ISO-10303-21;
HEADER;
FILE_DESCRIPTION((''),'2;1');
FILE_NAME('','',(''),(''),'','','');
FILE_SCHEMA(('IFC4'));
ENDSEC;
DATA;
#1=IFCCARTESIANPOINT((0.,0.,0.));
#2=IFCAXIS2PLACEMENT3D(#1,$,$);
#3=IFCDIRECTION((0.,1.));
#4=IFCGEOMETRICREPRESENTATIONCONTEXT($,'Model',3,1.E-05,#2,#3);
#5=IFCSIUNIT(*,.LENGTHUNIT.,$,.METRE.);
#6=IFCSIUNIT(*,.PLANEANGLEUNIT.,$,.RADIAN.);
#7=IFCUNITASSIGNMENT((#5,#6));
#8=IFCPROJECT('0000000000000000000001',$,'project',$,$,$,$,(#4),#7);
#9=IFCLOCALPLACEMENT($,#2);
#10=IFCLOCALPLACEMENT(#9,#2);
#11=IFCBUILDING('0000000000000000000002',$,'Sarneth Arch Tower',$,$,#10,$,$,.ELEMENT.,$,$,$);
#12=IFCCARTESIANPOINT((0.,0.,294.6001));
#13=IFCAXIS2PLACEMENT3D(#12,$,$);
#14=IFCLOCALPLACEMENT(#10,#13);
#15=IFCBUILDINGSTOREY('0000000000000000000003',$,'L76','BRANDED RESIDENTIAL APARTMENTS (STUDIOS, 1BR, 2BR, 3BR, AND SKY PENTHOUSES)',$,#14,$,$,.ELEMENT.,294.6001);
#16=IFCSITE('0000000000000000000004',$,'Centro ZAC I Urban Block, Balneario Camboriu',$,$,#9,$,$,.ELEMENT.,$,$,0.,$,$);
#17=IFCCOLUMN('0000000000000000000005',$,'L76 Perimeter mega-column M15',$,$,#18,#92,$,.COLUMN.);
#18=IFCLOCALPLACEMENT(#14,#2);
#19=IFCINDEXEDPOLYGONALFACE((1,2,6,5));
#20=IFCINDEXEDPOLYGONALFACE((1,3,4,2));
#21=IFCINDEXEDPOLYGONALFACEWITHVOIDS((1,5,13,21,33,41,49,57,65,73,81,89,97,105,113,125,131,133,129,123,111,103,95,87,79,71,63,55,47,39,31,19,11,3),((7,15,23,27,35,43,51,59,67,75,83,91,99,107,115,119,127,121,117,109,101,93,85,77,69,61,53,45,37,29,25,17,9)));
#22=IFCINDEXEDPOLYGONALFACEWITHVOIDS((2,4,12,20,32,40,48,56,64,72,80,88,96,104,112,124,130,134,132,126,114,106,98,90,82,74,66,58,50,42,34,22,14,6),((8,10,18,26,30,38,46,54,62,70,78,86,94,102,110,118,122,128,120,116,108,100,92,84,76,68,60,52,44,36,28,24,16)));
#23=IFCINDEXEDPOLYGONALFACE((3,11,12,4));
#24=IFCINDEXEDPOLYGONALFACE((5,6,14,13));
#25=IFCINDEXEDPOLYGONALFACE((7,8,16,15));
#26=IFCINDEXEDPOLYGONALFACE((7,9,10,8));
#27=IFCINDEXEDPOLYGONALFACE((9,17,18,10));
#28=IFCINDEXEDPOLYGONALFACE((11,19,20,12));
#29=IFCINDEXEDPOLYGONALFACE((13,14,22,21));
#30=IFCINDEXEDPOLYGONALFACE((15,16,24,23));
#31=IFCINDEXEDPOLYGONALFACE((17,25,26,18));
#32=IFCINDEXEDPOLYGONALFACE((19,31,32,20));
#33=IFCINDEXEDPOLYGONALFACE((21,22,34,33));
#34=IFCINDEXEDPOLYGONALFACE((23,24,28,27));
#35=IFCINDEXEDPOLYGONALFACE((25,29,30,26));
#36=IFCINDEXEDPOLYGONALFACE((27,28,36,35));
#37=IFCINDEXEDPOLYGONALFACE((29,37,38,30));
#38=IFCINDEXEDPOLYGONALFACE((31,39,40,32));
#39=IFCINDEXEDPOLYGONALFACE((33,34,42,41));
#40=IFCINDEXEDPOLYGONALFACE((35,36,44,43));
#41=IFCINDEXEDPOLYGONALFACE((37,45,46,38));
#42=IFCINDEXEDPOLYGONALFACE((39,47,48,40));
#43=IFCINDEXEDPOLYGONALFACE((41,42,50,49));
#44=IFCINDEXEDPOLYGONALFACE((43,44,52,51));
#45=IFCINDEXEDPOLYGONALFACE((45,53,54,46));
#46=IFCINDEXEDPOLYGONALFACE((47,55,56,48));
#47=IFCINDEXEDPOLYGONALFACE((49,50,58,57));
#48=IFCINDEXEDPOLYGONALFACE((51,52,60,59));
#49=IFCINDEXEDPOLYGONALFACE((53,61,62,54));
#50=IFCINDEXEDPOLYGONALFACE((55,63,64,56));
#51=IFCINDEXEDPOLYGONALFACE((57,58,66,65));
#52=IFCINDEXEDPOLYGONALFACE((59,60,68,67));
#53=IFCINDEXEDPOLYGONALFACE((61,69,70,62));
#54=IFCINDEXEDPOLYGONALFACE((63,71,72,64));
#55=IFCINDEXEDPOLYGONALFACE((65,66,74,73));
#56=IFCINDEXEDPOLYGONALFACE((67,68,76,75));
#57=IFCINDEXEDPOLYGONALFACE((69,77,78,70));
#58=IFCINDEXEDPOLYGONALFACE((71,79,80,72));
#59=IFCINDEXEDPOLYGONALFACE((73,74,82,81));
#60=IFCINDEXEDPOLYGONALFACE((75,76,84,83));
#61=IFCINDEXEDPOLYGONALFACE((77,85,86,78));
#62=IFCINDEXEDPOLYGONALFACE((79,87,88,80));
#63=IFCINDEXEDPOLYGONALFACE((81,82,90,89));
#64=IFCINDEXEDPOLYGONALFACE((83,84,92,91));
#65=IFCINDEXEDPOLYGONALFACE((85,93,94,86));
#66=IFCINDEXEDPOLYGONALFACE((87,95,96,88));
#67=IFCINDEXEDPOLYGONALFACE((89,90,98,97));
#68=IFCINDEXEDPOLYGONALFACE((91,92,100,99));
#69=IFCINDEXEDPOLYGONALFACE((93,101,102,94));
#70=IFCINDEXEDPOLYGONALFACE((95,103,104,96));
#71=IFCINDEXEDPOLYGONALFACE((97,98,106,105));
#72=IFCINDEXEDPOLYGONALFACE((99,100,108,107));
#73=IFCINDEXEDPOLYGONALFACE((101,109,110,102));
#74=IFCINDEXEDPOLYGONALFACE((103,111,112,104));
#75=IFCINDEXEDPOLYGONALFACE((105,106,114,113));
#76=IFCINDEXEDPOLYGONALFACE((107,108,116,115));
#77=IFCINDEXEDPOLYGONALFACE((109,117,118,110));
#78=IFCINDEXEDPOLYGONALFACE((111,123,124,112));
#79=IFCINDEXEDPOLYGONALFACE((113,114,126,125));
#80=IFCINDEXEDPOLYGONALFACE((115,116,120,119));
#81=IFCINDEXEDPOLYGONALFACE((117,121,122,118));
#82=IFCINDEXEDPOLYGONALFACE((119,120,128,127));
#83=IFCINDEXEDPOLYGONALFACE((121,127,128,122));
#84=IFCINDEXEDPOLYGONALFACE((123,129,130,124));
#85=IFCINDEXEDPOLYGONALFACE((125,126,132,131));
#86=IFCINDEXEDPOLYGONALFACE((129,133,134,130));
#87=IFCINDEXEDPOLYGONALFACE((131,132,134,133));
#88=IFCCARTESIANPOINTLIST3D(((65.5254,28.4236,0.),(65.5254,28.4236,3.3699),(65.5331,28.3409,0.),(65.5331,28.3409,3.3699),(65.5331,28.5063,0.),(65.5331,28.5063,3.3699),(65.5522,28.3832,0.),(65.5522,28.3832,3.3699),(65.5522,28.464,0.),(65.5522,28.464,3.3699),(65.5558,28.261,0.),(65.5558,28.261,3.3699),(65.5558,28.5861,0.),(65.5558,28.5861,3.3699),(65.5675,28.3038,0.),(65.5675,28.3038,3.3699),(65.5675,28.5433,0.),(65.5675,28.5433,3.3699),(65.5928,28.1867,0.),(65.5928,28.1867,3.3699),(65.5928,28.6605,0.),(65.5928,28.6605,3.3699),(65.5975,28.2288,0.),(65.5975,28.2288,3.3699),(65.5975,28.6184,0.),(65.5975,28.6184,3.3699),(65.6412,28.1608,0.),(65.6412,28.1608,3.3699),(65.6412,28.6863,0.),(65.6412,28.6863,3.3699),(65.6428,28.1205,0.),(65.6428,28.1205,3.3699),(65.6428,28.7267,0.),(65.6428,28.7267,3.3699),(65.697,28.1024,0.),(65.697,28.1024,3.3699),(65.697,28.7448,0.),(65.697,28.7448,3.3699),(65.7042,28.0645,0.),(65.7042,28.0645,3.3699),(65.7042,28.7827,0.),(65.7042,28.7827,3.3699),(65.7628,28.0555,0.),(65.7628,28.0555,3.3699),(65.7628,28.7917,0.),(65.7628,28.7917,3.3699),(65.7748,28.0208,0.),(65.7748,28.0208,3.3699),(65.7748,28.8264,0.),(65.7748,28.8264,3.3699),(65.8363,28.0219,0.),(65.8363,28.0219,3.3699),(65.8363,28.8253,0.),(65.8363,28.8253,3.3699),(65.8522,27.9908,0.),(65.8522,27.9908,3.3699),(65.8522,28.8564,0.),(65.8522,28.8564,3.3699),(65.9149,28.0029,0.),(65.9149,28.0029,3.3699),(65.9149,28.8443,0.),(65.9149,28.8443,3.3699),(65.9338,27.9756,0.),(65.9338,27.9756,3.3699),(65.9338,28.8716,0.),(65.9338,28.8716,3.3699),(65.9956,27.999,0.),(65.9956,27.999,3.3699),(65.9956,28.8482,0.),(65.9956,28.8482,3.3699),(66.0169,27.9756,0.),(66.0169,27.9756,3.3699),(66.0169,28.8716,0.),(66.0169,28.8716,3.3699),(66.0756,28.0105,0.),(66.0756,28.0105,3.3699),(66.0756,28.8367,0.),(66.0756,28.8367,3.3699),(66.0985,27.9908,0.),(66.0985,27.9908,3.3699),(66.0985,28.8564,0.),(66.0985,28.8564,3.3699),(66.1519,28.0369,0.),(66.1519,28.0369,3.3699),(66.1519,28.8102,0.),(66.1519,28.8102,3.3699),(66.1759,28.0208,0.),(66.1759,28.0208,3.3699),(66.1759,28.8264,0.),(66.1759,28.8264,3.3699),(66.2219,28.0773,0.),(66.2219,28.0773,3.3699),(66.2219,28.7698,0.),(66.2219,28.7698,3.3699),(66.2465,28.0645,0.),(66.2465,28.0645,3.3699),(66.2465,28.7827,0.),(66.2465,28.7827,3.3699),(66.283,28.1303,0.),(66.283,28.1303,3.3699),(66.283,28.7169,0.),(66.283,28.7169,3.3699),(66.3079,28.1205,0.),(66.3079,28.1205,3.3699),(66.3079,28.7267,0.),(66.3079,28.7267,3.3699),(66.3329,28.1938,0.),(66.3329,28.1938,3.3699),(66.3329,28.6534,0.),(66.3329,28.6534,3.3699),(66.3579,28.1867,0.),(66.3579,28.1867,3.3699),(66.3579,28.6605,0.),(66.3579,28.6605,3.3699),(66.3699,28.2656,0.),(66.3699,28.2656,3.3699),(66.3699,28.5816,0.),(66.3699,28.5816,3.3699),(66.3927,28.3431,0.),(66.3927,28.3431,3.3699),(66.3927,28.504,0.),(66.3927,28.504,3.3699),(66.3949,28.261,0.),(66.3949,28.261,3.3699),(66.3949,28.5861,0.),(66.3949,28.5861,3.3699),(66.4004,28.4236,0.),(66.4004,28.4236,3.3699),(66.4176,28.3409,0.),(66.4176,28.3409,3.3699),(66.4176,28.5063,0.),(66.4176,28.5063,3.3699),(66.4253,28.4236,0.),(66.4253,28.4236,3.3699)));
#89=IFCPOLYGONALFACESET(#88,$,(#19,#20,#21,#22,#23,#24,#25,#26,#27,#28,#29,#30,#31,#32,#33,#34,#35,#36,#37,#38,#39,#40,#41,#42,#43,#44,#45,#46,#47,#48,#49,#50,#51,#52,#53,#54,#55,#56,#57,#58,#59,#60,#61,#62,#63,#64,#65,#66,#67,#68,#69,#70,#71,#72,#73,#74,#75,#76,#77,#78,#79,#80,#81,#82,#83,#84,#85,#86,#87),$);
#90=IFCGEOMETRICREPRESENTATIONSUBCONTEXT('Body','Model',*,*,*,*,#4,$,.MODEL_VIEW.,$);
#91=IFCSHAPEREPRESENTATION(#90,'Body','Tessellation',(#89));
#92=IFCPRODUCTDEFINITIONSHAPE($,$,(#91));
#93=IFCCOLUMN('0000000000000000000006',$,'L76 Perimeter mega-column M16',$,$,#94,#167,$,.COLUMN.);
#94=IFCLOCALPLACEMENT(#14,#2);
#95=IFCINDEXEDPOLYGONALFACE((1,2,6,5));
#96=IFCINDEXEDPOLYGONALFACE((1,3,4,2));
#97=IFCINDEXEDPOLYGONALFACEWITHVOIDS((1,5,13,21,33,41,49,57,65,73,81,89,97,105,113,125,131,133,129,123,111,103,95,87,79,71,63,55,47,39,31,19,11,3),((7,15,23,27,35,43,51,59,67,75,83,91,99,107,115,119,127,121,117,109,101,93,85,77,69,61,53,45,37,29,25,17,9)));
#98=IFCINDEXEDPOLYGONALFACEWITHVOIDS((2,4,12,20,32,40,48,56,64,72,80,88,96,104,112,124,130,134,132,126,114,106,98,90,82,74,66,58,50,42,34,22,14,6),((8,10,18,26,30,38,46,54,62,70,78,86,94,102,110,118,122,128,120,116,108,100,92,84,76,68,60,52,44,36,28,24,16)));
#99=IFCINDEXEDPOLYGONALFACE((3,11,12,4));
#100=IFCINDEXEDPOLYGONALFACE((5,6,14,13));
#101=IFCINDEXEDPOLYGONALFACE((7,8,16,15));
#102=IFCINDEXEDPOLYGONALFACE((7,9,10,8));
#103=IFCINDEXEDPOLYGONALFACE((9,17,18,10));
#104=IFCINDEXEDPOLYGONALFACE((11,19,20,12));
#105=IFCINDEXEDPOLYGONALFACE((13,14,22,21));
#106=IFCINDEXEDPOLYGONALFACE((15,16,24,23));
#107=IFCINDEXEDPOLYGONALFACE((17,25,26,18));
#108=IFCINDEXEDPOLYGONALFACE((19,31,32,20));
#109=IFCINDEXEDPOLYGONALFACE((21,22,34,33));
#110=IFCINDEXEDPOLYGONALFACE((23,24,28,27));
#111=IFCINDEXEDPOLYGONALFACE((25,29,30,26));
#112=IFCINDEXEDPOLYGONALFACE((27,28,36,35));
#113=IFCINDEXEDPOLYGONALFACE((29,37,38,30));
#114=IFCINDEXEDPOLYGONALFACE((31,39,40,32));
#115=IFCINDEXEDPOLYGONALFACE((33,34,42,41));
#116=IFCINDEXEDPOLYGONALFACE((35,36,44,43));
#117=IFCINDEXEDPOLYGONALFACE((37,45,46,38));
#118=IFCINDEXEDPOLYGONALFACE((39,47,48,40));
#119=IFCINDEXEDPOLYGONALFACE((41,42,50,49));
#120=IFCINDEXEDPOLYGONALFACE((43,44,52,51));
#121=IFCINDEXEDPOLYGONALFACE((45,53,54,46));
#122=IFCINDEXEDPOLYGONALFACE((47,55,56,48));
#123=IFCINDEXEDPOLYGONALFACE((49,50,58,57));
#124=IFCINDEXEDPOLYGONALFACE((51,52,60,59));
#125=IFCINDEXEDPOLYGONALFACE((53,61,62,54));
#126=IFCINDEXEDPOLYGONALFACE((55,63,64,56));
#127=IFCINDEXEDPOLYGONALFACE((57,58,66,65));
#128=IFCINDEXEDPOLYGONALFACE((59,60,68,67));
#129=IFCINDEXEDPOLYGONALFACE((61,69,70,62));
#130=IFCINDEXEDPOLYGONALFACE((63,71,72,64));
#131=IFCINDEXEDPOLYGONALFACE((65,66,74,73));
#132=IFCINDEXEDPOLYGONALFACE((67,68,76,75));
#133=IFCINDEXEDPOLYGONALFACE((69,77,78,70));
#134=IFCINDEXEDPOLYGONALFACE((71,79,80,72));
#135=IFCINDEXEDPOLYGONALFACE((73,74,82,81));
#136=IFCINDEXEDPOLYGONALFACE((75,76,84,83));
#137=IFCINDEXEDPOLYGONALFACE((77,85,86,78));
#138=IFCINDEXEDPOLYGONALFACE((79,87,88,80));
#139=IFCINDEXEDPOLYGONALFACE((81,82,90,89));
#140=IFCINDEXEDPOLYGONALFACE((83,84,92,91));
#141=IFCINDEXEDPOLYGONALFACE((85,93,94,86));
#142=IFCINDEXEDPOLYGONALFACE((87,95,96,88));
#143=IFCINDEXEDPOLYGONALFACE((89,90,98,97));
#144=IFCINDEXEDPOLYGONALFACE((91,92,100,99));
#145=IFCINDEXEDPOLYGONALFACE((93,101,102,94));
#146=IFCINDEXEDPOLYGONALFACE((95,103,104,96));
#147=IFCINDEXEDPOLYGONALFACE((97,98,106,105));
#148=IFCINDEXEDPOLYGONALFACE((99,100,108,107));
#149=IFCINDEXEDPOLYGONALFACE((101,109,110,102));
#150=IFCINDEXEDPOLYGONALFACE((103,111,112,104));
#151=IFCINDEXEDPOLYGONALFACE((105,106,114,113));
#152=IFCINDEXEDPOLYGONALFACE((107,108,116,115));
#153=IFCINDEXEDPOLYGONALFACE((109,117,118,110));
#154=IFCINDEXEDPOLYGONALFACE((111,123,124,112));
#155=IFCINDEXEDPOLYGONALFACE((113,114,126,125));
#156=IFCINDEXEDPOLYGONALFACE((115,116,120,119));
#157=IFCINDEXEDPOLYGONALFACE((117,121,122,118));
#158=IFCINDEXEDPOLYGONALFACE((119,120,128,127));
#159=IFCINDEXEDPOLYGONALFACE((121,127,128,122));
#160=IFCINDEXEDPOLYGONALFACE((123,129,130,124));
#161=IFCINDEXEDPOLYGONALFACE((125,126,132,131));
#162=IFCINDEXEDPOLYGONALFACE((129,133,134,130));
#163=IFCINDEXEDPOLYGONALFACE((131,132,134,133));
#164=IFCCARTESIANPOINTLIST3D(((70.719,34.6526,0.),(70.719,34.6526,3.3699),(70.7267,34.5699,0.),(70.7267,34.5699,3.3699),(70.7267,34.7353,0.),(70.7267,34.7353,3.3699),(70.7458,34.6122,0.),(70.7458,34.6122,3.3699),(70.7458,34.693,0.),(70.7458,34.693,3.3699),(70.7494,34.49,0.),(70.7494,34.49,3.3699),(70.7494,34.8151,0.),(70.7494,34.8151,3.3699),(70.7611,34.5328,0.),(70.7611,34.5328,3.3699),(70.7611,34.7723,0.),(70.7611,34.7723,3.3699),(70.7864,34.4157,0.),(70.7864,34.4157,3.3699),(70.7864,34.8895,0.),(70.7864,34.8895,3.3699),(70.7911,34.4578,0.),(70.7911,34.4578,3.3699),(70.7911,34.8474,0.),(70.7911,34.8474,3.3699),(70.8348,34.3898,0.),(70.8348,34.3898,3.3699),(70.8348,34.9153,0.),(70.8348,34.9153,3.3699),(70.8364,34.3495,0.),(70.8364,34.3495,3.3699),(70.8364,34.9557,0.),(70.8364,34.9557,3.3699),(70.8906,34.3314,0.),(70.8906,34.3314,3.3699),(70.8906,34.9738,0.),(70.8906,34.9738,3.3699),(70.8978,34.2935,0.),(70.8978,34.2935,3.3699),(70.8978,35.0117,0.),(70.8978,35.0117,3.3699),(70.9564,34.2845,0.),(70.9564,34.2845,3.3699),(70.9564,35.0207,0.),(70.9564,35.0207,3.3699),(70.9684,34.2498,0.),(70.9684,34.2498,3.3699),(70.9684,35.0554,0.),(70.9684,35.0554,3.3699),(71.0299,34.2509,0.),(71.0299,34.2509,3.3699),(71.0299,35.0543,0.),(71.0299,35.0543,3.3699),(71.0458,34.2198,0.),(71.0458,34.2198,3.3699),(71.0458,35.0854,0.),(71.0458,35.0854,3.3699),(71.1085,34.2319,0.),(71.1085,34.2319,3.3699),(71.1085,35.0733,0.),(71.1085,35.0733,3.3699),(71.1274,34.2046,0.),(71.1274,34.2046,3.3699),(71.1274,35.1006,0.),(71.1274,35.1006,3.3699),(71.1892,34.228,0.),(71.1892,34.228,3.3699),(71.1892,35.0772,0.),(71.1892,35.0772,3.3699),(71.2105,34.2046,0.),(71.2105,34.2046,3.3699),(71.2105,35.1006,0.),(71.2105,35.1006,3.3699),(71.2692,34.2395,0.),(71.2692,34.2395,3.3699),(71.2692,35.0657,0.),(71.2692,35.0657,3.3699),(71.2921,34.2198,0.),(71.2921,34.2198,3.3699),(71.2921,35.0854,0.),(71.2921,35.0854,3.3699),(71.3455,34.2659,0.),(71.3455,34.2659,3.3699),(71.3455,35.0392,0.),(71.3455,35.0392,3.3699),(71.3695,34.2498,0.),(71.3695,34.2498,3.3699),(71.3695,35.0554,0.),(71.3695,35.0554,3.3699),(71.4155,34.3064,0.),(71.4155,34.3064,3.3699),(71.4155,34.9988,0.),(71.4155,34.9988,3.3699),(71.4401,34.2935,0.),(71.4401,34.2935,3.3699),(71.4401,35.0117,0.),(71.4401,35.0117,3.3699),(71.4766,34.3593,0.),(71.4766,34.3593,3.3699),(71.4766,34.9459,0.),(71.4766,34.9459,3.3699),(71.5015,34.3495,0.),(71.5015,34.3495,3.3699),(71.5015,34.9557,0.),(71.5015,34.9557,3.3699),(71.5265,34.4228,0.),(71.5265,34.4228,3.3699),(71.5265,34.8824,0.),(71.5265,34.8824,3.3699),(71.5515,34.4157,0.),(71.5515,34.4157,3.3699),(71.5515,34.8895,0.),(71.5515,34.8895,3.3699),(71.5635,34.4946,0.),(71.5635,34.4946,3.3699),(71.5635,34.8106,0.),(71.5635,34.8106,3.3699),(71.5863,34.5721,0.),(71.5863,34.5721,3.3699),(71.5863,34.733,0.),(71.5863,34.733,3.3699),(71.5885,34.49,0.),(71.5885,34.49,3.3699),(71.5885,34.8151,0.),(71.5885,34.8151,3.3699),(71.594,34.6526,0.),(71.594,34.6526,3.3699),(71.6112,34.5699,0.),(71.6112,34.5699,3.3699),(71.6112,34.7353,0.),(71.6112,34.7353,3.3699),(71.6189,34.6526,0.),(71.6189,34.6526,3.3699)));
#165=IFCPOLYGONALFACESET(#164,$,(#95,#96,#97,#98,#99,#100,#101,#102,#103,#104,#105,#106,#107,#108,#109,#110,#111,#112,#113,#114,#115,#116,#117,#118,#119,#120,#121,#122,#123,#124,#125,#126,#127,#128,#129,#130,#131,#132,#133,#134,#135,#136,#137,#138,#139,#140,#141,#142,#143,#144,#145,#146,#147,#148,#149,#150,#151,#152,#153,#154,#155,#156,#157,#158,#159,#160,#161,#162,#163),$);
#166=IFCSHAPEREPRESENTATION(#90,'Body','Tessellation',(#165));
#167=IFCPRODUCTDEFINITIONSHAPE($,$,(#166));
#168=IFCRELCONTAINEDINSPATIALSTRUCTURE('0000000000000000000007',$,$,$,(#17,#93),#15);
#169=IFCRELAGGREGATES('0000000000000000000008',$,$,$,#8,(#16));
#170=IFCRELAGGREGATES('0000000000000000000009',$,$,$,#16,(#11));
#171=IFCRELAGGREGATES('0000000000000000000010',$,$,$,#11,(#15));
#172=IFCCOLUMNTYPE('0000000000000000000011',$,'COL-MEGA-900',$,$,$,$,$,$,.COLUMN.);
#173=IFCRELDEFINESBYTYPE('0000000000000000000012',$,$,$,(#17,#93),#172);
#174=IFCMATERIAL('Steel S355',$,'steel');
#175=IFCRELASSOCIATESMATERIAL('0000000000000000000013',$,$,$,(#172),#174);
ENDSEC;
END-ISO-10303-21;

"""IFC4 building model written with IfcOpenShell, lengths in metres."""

from ifc_helpers import new_model, si_unit, direction, frame, origin, origin_2d, place, context, subcontext, project, spatial, hollow_circle, extrude, material, material_profile, profile_set, type_object, element, save


model = new_model("IFC4")

# Units and contexts
model_context = context("Model", 3, precision=1e-05, world=origin(), true_north=direction((0.0, 1.0)))
body_context = subcontext(model_context, "Body", "Model", "MODEL_VIEW")
ifc_project = project(units=[si_unit("LENGTHUNIT", "METRE"), si_unit("PLANEANGLEUNIT", "RADIAN")], contexts=[model_context])

# Site, building, storey
site_placement = place(None, origin())
site = spatial("IfcSite", under=ifc_project, at=site_placement, Name="Centro ZAC I Urban Block, Balneario Camboriu", CompositionType="ELEMENT", RefElevation=0.0)
building_placement = place(site_placement, origin())
building = spatial("IfcBuilding", under=site, at=building_placement, Name="Sarneth Arch Tower", CompositionType="ELEMENT")
storey_placement = place(building_placement, frame((0.0, 0.0, 294.6001)))
storey = spatial("IfcBuildingStorey", under=building, at=storey_placement, Name="L76", Description="BRANDED RESIDENTIAL APARTMENTS (STUDIOS, 1BR, 2BR, 3BR, AND SKY PENTHOUSES)", CompositionType="ELEMENT", Elevation=294.6001)

# Columns
ifc_material_1 = material(Name="Steel S355", Category="steel")
ifc_material_profile_1 = material_profile(ifc_material_1, hollow_circle(Radius=0.45, WallThickness=0.0249, at=origin_2d()), Name="CHS900x25")
ifc_profile_set_1 = profile_set([ifc_material_profile_1], Name="Steel S355")
column_type = type_object("IfcColumnType", Name="COL-MEGA-900", PredefinedType="COLUMN", material=ifc_profile_set_1)
for number, where, z_axis, x_axis, name in (
    (1, (65.9753, 28.4236, 0.0), (0.0, 0.0, 1.0), (1.0, 0.0, 0.0), "L76 Perimeter mega-column M15"),
    (2, (71.1689, 34.6526, 0.0), (0.0, 0.0, 1.0), (1.0, 0.0, 0.0), "L76 Perimeter mega-column M16"),
):
    element("IfcColumn", number, at=place(storey_placement, frame(where, z_axis=z_axis, x_axis=x_axis)), inside=storey, type_object=column_type, Name=name, PredefinedType="COLUMN", context=body_context, shape_type="SweptSolid", body=[
        extrude(hollow_circle(Radius=0.45, WallThickness=0.0249, at=origin_2d()), origin(), (0.0, 0.0, 1.0), 3.3699),
    ])

save(model, "model.ifc")
